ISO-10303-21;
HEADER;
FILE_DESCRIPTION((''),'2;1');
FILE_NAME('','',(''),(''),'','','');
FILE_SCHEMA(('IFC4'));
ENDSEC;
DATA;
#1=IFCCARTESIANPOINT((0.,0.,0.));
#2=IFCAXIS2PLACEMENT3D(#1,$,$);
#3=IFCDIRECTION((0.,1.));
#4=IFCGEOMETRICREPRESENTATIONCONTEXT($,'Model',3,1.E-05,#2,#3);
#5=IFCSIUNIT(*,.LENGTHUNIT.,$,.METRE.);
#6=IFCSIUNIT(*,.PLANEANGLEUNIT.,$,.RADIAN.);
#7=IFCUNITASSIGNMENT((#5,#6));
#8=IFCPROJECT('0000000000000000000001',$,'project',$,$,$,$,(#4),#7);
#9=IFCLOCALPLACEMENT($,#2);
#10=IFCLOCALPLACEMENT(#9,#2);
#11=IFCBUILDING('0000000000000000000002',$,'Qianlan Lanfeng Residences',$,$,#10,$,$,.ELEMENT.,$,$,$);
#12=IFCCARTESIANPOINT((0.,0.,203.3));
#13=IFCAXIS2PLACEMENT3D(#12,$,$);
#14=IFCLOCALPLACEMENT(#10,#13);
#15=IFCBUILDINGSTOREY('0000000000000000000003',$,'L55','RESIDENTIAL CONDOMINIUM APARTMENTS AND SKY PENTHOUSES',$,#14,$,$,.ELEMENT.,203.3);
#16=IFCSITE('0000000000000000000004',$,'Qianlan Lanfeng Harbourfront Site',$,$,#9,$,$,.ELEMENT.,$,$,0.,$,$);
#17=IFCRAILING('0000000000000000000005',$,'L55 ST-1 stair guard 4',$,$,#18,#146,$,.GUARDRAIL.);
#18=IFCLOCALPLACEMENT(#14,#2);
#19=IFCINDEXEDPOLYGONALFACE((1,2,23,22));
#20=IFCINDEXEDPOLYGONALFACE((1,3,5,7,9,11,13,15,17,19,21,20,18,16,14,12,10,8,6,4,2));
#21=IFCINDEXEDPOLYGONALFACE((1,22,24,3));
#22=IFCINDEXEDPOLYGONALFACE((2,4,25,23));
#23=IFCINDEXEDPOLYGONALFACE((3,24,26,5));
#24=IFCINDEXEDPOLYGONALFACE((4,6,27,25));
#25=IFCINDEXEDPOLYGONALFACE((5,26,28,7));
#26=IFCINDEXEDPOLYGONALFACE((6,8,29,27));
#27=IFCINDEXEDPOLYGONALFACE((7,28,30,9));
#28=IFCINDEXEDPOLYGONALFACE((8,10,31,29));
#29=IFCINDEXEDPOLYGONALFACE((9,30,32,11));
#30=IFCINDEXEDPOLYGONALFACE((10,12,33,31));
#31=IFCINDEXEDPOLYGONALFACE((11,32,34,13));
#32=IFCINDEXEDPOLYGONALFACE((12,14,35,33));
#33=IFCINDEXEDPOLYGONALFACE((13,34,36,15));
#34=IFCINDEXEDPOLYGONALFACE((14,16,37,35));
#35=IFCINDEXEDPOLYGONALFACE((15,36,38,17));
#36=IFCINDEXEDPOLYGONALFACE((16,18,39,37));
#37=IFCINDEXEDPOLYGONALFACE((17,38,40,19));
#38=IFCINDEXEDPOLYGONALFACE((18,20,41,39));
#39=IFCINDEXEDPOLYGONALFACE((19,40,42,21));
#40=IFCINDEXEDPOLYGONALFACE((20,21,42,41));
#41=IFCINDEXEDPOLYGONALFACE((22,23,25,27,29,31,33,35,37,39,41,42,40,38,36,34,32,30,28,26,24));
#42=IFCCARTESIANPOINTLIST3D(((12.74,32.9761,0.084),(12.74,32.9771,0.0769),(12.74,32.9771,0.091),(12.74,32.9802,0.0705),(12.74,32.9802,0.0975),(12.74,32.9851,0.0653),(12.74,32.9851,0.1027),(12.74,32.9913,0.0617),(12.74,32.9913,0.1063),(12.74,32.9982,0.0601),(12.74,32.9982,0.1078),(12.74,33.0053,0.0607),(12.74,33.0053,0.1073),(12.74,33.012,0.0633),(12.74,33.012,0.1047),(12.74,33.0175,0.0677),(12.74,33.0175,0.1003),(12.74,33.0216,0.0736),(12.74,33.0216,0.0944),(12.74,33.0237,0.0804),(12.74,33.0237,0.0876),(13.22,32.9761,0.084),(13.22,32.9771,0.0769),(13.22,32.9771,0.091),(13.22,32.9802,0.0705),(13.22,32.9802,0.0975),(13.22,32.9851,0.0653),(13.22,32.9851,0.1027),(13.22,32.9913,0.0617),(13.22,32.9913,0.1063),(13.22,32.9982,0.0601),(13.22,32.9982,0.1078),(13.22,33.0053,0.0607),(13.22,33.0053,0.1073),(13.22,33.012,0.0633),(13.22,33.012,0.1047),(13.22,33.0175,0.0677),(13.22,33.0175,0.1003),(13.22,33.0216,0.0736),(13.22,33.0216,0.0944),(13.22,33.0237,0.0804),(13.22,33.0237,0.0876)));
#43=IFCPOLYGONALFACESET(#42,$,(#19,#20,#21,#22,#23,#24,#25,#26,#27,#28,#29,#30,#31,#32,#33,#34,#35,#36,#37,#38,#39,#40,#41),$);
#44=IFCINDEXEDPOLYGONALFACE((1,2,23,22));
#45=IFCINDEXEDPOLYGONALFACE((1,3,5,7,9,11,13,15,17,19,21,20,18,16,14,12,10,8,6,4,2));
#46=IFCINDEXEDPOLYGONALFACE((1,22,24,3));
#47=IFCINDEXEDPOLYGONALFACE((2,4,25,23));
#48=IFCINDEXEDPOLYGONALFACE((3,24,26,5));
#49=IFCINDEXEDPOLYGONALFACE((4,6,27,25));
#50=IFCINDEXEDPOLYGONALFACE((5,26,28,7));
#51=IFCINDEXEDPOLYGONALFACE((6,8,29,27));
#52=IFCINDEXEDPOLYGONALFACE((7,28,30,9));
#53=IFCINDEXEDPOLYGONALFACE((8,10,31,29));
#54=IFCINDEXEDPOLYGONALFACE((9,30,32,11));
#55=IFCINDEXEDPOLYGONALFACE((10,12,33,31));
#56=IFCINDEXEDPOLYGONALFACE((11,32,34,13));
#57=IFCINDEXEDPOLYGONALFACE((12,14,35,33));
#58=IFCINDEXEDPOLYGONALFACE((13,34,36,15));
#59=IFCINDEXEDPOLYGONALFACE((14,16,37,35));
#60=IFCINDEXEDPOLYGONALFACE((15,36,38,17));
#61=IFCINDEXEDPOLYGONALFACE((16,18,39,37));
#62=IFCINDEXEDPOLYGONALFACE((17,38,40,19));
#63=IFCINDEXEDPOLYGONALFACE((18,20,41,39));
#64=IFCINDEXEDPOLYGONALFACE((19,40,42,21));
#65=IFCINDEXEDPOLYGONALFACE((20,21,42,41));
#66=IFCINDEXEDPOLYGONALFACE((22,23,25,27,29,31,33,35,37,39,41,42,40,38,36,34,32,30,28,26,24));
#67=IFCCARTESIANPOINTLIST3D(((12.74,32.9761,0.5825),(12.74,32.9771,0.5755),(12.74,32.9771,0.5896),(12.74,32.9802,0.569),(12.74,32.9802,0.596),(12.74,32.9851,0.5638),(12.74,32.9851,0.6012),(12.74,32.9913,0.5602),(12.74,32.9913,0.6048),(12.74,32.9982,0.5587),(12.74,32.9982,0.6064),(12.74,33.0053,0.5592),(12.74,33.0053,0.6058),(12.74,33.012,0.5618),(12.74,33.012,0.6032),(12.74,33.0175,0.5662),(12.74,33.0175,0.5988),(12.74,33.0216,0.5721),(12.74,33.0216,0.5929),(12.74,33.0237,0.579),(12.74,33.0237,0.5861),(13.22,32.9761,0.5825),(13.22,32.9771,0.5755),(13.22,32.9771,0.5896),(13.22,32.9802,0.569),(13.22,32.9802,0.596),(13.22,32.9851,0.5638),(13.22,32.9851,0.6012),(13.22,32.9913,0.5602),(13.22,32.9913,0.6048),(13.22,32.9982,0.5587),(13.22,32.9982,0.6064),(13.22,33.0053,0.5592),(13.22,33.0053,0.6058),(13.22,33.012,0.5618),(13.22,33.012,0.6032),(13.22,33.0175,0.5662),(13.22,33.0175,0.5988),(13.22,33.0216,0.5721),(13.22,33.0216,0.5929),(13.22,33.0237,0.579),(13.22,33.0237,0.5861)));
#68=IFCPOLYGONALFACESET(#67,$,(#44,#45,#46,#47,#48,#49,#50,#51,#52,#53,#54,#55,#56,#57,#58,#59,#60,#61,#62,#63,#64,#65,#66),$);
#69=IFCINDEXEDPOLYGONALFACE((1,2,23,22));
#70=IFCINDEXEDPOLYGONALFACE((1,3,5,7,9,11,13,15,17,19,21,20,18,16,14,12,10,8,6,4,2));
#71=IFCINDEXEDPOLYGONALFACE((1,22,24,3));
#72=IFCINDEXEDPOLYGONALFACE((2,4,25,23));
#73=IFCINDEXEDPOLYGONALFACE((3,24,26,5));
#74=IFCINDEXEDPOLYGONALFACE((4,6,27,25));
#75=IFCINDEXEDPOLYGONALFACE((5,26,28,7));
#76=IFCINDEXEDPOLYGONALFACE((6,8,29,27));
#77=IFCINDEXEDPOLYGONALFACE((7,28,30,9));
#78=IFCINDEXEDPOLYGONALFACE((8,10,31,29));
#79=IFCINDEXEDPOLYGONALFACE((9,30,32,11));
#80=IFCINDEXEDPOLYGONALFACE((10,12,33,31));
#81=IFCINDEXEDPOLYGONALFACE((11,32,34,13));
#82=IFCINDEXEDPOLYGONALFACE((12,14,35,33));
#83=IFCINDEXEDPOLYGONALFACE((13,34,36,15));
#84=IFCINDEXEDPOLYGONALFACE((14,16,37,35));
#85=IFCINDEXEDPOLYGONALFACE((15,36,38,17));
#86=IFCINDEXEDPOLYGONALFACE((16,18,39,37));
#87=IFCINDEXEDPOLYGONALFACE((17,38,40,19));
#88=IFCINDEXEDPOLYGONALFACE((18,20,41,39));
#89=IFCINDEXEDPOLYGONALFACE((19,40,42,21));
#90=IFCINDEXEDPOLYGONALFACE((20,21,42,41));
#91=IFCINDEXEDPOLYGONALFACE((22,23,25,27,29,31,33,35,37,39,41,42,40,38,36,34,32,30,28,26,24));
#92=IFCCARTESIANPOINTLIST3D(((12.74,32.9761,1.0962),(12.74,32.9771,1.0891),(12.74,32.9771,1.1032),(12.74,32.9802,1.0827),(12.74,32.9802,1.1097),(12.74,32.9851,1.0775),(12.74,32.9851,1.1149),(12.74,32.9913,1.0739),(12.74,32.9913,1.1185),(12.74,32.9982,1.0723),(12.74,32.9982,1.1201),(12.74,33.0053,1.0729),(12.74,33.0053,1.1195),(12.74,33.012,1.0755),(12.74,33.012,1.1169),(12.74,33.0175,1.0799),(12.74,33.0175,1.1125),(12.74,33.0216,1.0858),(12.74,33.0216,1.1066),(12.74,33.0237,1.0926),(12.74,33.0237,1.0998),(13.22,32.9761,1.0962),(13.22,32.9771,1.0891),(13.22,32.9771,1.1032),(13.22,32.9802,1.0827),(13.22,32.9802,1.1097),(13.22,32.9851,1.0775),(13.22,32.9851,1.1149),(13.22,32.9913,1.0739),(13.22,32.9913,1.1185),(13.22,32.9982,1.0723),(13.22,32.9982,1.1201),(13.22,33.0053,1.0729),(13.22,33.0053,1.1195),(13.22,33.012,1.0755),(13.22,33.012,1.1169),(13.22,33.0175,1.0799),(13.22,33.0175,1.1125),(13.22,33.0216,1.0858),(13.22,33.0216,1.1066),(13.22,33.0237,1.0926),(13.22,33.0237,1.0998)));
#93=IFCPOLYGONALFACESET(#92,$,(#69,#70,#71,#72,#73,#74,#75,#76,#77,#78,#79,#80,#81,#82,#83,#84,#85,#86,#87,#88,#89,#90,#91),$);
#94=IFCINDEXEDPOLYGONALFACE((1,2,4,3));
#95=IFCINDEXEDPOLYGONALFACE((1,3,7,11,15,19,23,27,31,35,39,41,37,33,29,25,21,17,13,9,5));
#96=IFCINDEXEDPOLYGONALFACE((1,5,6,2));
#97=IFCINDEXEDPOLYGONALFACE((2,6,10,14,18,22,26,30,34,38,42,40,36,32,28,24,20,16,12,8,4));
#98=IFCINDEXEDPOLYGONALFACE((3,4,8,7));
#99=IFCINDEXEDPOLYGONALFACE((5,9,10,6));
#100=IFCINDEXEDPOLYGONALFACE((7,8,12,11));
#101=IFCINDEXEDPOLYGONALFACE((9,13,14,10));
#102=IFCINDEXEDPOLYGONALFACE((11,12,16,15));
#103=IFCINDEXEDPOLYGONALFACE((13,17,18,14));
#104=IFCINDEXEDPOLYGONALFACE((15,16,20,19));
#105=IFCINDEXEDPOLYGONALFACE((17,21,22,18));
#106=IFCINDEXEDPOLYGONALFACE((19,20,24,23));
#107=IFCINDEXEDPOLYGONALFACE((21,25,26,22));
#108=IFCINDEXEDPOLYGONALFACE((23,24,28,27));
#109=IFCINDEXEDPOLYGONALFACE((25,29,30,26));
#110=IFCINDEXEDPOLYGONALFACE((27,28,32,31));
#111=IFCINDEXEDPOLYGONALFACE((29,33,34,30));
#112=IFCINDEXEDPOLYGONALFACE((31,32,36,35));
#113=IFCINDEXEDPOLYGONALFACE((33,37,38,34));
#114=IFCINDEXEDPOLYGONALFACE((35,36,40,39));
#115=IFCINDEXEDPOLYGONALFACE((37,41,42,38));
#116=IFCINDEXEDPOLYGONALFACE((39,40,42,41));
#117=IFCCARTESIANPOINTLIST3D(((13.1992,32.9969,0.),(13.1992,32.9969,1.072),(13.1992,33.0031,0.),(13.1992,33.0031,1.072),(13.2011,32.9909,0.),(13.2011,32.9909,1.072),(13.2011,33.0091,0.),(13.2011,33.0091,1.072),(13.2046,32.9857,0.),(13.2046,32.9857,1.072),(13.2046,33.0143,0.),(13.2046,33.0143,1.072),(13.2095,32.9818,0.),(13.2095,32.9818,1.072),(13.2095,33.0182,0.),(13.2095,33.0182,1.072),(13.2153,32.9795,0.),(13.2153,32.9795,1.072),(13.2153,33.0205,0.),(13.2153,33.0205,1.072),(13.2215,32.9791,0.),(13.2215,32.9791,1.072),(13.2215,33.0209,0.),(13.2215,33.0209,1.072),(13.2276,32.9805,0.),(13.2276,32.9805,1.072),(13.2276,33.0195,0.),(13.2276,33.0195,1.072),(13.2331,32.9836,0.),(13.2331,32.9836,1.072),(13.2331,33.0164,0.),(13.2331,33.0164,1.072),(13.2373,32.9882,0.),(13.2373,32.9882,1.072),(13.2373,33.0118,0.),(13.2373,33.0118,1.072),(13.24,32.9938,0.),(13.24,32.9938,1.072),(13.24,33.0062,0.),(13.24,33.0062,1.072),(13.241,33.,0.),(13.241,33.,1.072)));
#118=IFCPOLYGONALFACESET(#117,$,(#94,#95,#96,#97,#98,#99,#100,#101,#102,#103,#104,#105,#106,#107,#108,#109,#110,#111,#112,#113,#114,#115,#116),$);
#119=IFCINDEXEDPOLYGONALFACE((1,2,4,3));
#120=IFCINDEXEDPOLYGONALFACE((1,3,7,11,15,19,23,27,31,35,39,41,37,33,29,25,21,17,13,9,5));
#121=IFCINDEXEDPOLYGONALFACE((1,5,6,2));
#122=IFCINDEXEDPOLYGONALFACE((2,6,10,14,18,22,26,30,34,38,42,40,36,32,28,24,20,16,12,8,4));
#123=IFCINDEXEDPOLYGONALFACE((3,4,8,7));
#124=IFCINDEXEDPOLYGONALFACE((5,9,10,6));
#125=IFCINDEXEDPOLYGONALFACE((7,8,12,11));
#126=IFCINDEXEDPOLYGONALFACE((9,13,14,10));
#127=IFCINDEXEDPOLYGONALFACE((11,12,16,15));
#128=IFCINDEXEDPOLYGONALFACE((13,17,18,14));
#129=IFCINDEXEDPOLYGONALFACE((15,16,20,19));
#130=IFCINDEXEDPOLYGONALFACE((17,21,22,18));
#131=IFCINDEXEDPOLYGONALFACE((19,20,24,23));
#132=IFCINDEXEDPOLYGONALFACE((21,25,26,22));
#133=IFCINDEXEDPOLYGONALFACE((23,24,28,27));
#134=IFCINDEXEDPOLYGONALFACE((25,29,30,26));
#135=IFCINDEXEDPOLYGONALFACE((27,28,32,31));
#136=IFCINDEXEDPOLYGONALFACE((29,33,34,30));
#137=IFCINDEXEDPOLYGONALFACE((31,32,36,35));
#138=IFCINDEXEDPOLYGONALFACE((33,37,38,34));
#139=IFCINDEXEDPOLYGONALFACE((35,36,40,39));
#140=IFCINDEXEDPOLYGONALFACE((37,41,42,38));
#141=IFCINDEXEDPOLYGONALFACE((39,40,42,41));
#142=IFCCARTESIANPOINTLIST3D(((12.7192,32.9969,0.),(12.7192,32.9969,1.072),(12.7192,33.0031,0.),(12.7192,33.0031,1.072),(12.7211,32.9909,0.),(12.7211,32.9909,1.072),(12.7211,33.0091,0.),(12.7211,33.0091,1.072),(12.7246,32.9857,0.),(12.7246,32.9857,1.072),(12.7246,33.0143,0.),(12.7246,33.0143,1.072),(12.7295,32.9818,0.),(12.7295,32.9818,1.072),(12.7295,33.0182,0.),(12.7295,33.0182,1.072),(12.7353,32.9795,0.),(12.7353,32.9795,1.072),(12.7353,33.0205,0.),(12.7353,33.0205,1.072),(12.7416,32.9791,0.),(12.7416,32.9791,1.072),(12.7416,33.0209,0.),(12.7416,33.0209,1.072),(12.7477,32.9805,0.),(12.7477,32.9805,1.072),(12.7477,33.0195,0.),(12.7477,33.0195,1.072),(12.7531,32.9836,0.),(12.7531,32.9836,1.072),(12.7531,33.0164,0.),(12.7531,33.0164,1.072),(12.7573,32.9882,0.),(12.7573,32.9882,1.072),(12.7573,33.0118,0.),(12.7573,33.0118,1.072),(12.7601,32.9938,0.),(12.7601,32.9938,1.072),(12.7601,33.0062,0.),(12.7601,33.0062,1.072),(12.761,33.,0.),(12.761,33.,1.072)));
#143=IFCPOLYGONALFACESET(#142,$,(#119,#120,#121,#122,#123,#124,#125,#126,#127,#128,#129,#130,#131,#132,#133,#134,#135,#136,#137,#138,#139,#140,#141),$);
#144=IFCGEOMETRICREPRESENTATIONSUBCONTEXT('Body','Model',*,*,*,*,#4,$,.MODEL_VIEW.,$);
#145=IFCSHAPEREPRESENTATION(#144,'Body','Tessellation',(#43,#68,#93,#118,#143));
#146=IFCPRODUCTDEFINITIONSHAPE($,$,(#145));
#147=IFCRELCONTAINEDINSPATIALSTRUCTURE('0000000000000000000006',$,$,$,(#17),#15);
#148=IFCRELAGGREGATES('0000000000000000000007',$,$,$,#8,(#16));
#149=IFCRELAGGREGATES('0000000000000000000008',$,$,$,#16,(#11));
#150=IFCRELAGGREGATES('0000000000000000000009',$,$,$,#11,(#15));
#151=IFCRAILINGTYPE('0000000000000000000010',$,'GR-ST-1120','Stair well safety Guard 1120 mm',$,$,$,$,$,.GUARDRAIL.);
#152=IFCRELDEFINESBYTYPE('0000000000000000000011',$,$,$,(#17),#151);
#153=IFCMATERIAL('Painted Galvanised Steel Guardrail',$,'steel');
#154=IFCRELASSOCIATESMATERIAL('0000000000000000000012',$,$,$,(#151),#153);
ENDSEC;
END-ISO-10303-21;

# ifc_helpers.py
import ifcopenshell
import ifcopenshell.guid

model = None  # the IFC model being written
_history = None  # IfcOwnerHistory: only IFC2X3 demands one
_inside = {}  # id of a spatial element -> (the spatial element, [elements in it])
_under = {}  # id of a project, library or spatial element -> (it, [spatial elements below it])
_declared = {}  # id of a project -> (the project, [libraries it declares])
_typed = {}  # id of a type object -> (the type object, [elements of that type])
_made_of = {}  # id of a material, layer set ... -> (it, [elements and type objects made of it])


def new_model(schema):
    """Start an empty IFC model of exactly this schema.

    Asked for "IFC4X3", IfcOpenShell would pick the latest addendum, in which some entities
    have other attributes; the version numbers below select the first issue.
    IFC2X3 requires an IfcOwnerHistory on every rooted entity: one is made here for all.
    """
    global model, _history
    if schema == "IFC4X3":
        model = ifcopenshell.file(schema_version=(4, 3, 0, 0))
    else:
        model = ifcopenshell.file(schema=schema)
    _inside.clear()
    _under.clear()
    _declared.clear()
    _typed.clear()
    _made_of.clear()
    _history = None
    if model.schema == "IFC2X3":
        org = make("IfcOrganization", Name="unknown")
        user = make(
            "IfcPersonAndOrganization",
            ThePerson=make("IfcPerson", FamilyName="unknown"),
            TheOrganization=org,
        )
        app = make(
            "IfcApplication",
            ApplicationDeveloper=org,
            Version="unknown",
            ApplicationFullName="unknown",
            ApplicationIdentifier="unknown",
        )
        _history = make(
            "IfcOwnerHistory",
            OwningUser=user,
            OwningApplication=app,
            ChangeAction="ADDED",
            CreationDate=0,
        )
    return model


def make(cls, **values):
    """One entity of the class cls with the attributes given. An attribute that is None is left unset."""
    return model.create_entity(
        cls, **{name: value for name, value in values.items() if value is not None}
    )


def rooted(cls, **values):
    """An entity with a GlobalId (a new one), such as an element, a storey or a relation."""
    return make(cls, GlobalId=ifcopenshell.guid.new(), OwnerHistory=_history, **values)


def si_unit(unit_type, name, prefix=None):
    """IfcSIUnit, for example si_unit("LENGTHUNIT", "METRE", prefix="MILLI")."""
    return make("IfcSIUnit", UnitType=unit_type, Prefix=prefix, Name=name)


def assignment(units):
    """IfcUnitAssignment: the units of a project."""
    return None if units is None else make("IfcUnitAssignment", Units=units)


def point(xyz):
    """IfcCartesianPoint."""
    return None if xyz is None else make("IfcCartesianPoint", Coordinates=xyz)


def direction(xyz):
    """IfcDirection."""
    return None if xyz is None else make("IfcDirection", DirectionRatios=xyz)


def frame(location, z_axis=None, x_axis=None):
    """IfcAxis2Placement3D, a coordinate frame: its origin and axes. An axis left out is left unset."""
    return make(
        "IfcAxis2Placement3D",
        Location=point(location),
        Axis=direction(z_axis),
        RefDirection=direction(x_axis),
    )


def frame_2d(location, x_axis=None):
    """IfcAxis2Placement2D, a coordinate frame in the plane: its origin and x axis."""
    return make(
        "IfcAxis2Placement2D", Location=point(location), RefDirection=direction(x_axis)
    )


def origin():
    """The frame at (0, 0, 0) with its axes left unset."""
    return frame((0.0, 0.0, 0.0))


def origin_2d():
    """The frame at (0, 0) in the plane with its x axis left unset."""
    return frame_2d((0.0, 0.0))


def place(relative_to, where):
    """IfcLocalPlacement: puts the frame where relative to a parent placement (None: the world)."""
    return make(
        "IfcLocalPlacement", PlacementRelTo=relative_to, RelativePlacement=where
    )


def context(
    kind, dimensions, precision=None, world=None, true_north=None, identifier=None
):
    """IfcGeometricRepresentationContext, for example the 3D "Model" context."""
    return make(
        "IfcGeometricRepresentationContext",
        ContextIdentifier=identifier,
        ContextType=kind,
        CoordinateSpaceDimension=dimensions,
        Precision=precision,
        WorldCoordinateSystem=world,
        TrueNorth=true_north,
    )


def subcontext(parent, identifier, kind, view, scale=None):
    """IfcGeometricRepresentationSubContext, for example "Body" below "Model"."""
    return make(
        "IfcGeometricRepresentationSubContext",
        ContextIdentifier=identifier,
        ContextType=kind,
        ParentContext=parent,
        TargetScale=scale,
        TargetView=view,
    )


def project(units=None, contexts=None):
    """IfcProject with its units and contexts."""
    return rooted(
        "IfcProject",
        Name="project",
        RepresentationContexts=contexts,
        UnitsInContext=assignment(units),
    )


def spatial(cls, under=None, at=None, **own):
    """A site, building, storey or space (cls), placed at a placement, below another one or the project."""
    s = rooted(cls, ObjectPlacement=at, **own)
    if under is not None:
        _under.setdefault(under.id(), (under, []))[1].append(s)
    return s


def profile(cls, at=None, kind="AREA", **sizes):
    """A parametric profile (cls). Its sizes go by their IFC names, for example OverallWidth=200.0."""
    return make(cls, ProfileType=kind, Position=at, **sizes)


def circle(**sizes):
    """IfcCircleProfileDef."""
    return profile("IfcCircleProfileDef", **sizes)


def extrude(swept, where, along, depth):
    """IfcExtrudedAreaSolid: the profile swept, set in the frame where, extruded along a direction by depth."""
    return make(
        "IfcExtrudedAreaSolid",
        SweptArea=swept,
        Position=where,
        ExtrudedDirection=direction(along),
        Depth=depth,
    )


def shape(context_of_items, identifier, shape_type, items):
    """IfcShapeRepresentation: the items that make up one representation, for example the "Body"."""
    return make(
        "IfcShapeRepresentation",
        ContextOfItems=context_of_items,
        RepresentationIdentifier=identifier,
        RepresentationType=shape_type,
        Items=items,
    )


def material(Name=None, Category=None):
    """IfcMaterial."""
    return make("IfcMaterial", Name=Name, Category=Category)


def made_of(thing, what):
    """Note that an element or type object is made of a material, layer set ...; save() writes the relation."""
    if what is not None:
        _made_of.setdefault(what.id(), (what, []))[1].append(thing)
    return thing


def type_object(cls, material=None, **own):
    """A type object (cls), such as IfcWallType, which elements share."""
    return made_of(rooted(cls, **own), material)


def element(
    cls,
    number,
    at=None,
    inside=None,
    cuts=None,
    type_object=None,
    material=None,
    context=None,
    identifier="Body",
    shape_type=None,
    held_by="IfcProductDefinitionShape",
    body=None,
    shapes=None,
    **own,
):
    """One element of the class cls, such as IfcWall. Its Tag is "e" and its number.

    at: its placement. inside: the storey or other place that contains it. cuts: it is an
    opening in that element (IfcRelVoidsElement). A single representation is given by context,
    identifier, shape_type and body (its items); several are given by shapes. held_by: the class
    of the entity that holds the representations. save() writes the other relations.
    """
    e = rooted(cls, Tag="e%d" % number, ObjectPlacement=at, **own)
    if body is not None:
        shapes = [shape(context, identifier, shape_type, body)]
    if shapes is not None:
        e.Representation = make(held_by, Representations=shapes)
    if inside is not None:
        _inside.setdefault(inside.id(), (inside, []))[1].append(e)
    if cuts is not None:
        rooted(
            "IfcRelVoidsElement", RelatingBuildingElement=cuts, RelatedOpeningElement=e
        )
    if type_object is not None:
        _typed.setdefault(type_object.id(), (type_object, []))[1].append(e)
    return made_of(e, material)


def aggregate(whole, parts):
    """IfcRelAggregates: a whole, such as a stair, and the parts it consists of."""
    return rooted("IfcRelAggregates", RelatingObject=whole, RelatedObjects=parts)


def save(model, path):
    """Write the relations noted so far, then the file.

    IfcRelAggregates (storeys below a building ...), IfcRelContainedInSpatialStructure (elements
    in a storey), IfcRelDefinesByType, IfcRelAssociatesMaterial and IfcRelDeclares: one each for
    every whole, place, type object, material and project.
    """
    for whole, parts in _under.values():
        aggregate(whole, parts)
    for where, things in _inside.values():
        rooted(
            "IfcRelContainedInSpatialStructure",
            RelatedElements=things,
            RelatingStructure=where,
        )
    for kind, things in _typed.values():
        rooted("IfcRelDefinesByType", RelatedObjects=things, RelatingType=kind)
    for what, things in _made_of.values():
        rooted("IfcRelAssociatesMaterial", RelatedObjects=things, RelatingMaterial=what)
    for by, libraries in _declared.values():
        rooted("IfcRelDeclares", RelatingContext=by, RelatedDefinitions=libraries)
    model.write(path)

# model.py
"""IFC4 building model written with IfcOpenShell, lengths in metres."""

from ifc_helpers import new_model, si_unit, direction, frame, origin, origin_2d, place, context, subcontext, project, spatial, circle, extrude, material, type_object, element, save


model = new_model("IFC4")

# Units and contexts
model_context = context("Model", 3, precision=1e-05, world=origin(), true_north=direction((0.0, 1.0)))
body_context = subcontext(model_context, "Body", "Model", "MODEL_VIEW")
ifc_project = project(units=[si_unit("LENGTHUNIT", "METRE"), si_unit("PLANEANGLEUNIT", "RADIAN")], contexts=[model_context])

# Site, building, storey
site_placement = place(None, origin())
site = spatial("IfcSite", under=ifc_project, at=site_placement, Name="Qianlan Lanfeng Harbourfront Site", CompositionType="ELEMENT", RefElevation=0.0)
building_placement = place(site_placement, origin())
building = spatial("IfcBuilding", under=site, at=building_placement, Name="Qianlan Lanfeng Residences", CompositionType="ELEMENT")
storey_placement = place(building_placement, frame((0.0, 0.0, 203.3)))
storey = spatial("IfcBuildingStorey", under=building, at=storey_placement, Name="L55", Description="RESIDENTIAL CONDOMINIUM APARTMENTS AND SKY PENTHOUSES", CompositionType="ELEMENT", Elevation=203.3)

# Railing
ifc_material_1 = material(Name="Painted Galvanised Steel Guardrail", Category="steel")
railing_type_1 = type_object("IfcRailingType", Name="GR-ST-1120", Description="Stair well safety Guard 1120 mm", PredefinedType="GUARDRAIL", material=ifc_material_1)
railing_1_placement = place(storey_placement, frame((13.22, 33.0, 0.0)))
element("IfcRailing", 1, at=railing_1_placement, inside=storey, type_object=railing_type_1, Name="L55 ST-1 stair guard 4", PredefinedType="GUARDRAIL", context=body_context, shape_type="SweptSolid", body=[
    extrude(circle(Radius=0.0239, at=origin_2d()), frame((0.0, 0.0, 0.084), z_axis=(-1.0, 0.0, 0.0), x_axis=(0.0, -1.0, 0.0)), (0.0, 0.0, 1.0), 0.48),
    extrude(circle(Radius=0.0239, at=origin_2d()), frame((0.0, 0.0, 0.5825), z_axis=(-1.0, 0.0, 0.0), x_axis=(0.0, -1.0, 0.0)), (0.0, 0.0, 1.0), 0.48),
    extrude(circle(Radius=0.0239, at=origin_2d()), frame((0.0, 0.0, 1.0962), z_axis=(-1.0, 0.0, 0.0), x_axis=(0.0, -1.0, 0.0)), (0.0, 0.0, 1.0), 0.48),
    extrude(circle(Radius=0.021, at=origin_2d()), origin(), (0.0, 0.0, 1.0), 1.072),
    extrude(circle(Radius=0.021, at=origin_2d()), frame((-0.48, 0.0, 0.0)), (0.0, 0.0, 1.0), 1.072),
])

save(model, "model.ifc")
